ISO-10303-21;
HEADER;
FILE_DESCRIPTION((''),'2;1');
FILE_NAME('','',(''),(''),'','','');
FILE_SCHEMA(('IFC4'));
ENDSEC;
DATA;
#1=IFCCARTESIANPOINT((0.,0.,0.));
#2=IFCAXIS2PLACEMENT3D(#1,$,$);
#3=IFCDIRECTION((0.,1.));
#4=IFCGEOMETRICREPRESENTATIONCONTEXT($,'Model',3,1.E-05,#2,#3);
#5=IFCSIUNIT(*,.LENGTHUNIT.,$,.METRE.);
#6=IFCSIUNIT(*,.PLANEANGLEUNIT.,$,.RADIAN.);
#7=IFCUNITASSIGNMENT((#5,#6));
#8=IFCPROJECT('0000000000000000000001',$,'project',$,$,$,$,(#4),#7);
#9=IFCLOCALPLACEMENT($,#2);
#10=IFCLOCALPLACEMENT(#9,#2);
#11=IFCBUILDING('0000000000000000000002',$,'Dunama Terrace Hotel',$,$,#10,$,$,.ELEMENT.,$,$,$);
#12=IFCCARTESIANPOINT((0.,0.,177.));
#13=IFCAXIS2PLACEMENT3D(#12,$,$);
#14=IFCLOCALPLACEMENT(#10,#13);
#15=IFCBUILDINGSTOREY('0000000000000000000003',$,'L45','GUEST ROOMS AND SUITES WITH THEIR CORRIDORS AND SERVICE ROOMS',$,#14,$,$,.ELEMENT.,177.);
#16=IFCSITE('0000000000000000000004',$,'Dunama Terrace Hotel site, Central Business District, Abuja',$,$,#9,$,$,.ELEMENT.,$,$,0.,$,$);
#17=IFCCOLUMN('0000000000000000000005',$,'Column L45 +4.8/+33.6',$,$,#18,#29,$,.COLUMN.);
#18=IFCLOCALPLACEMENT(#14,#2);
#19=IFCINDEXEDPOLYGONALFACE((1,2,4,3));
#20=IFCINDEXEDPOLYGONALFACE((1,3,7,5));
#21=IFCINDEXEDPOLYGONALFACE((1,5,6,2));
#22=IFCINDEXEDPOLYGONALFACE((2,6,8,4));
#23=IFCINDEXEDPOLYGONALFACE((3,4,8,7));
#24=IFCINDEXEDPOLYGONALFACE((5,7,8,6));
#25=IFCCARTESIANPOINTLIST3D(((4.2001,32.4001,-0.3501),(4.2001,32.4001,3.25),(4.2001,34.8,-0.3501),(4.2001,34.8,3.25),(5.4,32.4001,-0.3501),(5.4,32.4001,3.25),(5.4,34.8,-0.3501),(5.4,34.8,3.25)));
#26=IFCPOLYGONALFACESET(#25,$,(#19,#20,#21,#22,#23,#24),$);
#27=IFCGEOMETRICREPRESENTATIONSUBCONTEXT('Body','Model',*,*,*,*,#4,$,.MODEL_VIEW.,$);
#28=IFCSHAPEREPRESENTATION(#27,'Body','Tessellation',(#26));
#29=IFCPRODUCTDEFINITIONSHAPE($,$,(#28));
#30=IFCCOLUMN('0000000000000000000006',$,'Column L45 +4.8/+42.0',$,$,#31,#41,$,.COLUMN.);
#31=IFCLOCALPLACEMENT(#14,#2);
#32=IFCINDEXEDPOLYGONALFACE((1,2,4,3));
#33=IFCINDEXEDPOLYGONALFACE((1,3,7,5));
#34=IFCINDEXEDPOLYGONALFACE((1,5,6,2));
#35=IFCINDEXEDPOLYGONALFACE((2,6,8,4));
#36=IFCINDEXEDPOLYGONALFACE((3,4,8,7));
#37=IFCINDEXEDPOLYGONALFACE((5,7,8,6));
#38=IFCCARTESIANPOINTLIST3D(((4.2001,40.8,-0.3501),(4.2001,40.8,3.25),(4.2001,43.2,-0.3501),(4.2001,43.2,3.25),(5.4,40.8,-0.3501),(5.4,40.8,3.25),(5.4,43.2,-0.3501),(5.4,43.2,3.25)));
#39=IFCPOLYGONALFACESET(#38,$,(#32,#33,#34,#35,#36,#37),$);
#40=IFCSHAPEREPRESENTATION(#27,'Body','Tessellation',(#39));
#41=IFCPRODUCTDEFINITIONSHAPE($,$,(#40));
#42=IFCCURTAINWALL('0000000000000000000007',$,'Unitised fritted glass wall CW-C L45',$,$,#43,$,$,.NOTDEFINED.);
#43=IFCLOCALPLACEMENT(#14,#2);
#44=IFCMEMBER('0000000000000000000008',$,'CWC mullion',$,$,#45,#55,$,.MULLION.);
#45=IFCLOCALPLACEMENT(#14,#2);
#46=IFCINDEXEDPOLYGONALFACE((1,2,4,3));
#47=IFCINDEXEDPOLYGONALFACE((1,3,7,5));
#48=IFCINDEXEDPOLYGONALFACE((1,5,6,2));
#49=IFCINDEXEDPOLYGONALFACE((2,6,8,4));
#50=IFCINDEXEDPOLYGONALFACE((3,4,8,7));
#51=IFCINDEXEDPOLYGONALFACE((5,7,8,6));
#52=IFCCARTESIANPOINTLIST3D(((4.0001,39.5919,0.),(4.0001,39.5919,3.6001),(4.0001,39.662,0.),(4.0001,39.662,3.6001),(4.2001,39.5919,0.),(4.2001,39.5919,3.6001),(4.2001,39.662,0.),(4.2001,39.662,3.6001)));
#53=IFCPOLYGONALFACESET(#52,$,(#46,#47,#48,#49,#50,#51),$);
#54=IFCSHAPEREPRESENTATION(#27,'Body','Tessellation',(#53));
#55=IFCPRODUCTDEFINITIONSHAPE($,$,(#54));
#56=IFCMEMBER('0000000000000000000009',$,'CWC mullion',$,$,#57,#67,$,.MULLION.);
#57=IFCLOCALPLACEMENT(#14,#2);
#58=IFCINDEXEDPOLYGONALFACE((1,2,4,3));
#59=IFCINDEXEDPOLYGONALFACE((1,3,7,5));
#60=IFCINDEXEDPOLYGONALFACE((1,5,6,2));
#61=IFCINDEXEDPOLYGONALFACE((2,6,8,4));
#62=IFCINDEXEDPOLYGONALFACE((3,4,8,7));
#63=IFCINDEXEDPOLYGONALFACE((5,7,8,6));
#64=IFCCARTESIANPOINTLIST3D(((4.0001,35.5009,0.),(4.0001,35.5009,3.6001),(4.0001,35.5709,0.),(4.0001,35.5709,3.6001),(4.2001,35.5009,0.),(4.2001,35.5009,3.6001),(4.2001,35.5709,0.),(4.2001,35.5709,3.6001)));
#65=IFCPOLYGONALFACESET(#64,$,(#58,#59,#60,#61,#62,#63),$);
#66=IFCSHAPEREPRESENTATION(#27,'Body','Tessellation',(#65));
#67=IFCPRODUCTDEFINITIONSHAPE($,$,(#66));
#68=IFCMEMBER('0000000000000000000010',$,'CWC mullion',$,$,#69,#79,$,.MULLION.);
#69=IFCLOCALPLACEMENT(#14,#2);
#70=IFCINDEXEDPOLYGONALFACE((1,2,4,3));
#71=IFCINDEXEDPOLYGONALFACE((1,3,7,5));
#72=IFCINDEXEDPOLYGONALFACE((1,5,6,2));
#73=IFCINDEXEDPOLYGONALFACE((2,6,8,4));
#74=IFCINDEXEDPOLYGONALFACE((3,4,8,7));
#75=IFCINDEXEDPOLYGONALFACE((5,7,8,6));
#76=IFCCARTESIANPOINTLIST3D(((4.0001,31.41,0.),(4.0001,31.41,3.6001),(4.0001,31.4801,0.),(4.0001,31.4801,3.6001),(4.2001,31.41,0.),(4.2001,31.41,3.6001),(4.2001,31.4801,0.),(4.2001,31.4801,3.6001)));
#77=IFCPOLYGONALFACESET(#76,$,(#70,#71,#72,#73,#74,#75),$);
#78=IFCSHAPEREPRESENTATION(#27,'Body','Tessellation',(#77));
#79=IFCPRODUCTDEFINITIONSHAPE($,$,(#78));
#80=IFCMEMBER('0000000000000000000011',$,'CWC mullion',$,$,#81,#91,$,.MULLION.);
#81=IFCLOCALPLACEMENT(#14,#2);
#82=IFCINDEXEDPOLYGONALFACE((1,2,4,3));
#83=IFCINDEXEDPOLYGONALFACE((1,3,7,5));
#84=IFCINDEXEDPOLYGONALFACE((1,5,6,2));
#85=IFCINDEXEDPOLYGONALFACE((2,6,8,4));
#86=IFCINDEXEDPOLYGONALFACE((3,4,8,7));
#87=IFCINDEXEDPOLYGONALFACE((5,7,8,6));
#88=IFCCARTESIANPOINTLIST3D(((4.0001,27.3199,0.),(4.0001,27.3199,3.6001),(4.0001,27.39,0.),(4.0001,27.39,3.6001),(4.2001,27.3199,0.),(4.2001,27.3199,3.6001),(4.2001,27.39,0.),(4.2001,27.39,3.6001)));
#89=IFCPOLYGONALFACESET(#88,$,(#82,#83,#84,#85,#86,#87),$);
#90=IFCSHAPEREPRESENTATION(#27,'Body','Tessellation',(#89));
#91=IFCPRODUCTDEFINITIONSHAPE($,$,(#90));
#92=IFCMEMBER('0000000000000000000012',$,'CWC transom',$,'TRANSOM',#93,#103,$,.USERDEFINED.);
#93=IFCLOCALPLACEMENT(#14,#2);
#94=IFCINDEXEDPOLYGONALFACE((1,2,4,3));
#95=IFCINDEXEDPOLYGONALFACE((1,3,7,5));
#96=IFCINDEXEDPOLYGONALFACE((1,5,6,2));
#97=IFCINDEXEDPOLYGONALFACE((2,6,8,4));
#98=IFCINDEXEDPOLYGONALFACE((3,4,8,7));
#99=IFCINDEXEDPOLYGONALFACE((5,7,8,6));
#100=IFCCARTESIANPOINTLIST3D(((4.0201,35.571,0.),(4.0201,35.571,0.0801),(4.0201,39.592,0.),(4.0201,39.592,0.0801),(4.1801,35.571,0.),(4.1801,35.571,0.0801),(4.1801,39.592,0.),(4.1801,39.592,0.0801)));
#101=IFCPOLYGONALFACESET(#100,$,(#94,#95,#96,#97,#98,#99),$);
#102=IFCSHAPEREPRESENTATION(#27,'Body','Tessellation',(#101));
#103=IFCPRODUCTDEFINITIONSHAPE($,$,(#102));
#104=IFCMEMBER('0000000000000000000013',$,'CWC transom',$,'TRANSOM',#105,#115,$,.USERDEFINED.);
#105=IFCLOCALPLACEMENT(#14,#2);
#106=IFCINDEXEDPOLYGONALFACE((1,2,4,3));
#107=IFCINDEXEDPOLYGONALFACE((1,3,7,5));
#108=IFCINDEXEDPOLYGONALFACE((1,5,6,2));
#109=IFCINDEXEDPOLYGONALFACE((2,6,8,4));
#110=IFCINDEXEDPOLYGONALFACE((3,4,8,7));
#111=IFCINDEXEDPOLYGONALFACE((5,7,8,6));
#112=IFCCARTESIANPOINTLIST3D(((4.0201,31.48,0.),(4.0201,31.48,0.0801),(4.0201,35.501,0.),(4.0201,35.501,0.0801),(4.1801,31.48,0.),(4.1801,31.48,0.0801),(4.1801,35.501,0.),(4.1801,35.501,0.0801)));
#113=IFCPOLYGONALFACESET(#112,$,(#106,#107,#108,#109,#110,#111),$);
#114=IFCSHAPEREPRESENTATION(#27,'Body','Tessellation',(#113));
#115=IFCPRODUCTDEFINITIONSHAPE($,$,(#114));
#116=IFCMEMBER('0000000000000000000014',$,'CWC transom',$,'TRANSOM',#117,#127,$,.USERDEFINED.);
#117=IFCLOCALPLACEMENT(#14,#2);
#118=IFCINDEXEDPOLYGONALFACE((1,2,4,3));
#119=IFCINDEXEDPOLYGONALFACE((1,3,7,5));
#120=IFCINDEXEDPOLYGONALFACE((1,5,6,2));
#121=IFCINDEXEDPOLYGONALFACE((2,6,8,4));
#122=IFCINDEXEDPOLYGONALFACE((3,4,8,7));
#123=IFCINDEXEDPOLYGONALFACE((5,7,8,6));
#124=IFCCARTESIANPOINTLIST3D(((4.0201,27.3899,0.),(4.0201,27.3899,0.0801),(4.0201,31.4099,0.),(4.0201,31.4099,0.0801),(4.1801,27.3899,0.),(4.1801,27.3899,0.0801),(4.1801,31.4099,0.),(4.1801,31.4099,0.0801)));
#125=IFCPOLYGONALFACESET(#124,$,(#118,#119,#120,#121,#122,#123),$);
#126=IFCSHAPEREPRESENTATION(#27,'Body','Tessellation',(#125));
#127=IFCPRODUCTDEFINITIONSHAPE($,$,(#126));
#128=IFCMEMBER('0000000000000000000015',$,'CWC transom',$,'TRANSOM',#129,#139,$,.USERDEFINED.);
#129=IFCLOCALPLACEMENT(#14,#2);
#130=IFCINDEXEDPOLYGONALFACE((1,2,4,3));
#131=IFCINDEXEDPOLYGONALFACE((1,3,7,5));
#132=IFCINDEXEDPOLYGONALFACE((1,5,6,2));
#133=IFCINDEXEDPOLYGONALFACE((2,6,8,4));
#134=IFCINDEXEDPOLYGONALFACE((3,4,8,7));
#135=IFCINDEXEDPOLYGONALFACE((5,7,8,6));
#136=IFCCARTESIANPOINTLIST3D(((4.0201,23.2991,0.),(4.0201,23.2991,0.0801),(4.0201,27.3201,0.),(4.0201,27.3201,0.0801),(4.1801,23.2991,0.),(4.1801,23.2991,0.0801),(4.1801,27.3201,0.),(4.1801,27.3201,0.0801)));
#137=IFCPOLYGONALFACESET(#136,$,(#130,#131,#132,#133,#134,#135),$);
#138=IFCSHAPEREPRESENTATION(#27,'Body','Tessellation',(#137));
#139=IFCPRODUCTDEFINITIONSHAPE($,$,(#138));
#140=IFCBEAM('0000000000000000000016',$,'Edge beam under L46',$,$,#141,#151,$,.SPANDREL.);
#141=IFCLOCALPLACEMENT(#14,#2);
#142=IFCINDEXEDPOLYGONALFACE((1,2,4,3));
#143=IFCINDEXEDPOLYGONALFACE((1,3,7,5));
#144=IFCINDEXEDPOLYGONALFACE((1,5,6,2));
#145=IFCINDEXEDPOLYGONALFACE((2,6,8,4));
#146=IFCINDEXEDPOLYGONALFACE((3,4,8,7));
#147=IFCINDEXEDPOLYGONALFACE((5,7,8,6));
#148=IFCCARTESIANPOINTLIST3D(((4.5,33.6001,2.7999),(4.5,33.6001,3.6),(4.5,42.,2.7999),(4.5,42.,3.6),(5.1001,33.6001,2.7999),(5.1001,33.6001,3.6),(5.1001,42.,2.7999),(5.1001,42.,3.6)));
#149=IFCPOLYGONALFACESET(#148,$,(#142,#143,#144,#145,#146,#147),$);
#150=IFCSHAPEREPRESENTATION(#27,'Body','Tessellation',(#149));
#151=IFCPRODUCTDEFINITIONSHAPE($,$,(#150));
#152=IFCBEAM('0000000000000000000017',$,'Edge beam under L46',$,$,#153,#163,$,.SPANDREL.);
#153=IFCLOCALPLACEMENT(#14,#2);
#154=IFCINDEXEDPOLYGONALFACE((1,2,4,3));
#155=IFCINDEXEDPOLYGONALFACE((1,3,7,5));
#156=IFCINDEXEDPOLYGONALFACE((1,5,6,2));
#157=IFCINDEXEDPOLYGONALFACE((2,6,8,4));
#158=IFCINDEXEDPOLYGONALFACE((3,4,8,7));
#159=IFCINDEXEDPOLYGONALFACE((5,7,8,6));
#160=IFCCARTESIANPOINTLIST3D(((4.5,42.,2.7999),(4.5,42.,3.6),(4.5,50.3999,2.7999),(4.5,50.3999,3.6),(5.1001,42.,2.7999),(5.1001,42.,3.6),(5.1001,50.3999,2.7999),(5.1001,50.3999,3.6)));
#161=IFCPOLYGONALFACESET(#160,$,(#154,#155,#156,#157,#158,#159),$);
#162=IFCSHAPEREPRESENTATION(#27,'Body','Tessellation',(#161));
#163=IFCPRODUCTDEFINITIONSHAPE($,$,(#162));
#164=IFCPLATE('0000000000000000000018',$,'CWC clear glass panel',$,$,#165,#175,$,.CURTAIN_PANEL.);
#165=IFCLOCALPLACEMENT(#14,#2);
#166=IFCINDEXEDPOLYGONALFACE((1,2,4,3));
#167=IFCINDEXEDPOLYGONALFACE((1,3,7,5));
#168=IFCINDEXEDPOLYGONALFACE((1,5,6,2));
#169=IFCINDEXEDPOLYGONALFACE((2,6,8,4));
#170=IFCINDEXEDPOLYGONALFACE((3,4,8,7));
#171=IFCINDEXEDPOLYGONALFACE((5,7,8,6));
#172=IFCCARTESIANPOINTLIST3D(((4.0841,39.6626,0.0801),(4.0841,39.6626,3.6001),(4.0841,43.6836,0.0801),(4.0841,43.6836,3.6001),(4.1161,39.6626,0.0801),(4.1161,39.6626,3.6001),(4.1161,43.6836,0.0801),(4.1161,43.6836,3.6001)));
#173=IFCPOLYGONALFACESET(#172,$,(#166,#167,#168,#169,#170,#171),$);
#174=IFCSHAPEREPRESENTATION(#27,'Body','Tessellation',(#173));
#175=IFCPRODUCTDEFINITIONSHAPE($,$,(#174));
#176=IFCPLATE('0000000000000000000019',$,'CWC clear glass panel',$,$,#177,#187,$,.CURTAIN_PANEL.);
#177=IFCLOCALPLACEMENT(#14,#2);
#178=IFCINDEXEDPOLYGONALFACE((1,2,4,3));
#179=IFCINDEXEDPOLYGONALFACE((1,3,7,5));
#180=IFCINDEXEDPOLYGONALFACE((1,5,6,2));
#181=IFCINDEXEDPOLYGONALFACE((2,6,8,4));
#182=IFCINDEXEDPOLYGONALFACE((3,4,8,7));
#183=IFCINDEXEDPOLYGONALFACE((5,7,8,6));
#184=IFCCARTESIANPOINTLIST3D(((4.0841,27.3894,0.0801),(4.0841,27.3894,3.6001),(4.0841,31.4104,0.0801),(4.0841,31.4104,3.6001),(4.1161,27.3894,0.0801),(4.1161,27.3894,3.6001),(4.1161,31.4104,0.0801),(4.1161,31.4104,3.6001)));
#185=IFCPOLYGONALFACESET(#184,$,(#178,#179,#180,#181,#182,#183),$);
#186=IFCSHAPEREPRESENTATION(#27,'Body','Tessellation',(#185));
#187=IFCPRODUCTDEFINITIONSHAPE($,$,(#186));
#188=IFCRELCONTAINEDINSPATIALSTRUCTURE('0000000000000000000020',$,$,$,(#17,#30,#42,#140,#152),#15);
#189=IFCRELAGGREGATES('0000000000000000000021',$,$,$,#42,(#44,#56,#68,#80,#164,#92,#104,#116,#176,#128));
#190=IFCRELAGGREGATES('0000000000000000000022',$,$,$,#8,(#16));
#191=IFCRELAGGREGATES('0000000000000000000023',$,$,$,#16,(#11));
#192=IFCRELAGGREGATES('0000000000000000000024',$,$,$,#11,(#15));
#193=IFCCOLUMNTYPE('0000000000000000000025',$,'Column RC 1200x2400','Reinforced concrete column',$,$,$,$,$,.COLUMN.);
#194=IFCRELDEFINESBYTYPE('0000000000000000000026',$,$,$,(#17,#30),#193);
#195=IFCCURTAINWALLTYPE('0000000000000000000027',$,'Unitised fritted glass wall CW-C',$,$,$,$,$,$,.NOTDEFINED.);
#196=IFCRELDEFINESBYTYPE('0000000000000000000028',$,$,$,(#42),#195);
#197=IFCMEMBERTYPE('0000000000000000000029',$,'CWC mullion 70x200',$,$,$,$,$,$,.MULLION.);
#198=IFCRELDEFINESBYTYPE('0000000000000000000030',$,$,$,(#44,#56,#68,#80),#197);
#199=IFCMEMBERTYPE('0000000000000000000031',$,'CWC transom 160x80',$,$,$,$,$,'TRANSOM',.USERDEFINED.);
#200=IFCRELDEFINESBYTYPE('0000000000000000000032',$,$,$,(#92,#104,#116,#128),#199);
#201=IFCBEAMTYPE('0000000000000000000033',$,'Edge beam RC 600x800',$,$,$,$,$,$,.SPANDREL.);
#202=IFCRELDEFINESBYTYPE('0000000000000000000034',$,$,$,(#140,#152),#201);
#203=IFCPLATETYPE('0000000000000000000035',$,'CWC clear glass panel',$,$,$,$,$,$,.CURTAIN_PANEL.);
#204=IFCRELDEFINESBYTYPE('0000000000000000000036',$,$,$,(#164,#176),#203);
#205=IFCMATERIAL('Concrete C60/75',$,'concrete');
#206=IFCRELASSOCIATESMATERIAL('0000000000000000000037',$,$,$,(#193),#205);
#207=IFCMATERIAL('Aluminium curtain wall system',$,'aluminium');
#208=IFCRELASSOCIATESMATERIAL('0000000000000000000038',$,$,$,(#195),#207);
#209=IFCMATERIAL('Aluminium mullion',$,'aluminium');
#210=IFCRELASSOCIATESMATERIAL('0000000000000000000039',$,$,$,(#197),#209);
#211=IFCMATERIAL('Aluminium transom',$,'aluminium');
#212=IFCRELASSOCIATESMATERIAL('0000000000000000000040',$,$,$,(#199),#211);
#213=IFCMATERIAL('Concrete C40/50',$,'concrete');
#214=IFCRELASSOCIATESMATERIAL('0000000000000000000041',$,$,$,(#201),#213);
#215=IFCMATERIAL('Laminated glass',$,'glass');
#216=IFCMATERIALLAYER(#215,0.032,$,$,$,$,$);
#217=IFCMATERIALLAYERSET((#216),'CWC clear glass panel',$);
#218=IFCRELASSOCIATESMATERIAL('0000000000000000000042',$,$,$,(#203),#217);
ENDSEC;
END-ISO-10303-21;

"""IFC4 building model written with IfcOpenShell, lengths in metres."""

from ifc_helpers import new_model, si_unit, direction, frame, origin, origin_2d, place, context, subcontext, project, spatial, rectangle, extrude, material, layer, layer_set, material_profile, profile_set, type_object, element, aggregate, save


model = new_model("IFC4")

# Units and contexts
model_context = context("Model", 3, precision=1e-05, world=origin(), true_north=direction((0.0, 1.0)))
body_context = subcontext(model_context, "Body", "Model", "MODEL_VIEW")
ifc_project = project(units=[si_unit("LENGTHUNIT", "METRE"), si_unit("PLANEANGLEUNIT", "RADIAN")], contexts=[model_context])

# Site, building, storey
site_placement = place(None, origin())
site = spatial("IfcSite", under=ifc_project, at=site_placement, Name="Dunama Terrace Hotel site, Central Business District, Abuja", CompositionType="ELEMENT", RefElevation=0.0)
building_placement = place(site_placement, origin())
building = spatial("IfcBuilding", under=site, at=building_placement, Name="Dunama Terrace Hotel", CompositionType="ELEMENT")
storey_placement = place(building_placement, frame((0.0, 0.0, 177.0)))
storey = spatial("IfcBuildingStorey", under=building, at=storey_placement, Name="L45", Description="GUEST ROOMS AND SUITES WITH THEIR CORRIDORS AND SERVICE ROOMS", CompositionType="ELEMENT", Elevation=177.0)

# Columns
ifc_material_1 = material(Name="Concrete C60/75", Category="concrete")
ifc_material_profile_1 = material_profile(ifc_material_1, rectangle(XDim=1.2, YDim=2.3999, at=origin_2d()), Name="RC 1200x2400")
ifc_profile_set_1 = profile_set([ifc_material_profile_1], Name="Concrete C60/75")
column_type = type_object("IfcColumnType", Name="Column RC 1200x2400", Description="Reinforced concrete column", PredefinedType="COLUMN", material=ifc_profile_set_1)
for number, where, z_axis, x_axis, name in (
    (1, (4.8, 33.6001, -0.3501), (0.0, 0.0, 1.0), (1.0, 0.0, 0.0), "Column L45 +4.8/+33.6"),
    (2, (4.8, 42.0, -0.3501), (0.0, 0.0, 1.0), (1.0, 0.0, 0.0), "Column L45 +4.8/+42.0"),
):
    element("IfcColumn", number, at=place(storey_placement, frame(where, z_axis=z_axis, x_axis=x_axis)), inside=storey, type_object=column_type, Name=name, PredefinedType="COLUMN", context=body_context, shape_type="SweptSolid", body=[
        extrude(rectangle(XDim=1.2, YDim=2.3999, at=origin_2d()), origin(), (0.0, 0.0, 1.0), 3.6001),
    ])

# Curtain wall, members
ifc_material_2 = material(Name="Aluminium curtain wall system", Category="aluminium")
curtain_wall_type = type_object("IfcCurtainWallType", Name="Unitised fritted glass wall CW-C", PredefinedType="NOTDEFINED", material=ifc_material_2)
curtain_wall_placement = place(storey_placement, origin())
curtain_wall = element("IfcCurtainWall", 3, at=curtain_wall_placement, inside=storey, type_object=curtain_wall_type, Name="Unitised fritted glass wall CW-C L45", PredefinedType="NOTDEFINED")
ifc_material_3 = material(Name="Aluminium mullion", Category="aluminium")
ifc_material_profile_2 = material_profile(ifc_material_3, rectangle(XDim=0.0701, YDim=0.2, at=origin_2d()), Name="CWC MULLION 70X200")
ifc_profile_set_2 = profile_set([ifc_material_profile_2], Name="Aluminium mullion")
member_type_1 = type_object("IfcMemberType", Name="CWC mullion 70x200", PredefinedType="MULLION", material=ifc_profile_set_2)
member_1_placement = place(storey_placement, frame((4.1001, 39.627, 0.0), z_axis=(0.0, 0.0, 1.0), x_axis=(0.0, -1.0, 0.0)))
member_1 = element("IfcMember", 4, at=member_1_placement, type_object=member_type_1, Name="CWC mullion", PredefinedType="MULLION", context=body_context, shape_type="SweptSolid", body=[
    extrude(rectangle(XDim=0.0701, YDim=0.2, at=origin_2d()), origin(), (0.0, 0.0, 1.0), 3.6001),
])
member_2_placement = place(storey_placement, frame((4.1001, 35.5359, 0.0), z_axis=(0.0, 0.0, 1.0), x_axis=(0.0, -1.0, 0.0)))
member_2 = element("IfcMember", 5, at=member_2_placement, type_object=member_type_1, Name="CWC mullion", PredefinedType="MULLION", context=body_context, shape_type="SweptSolid", body=[
    extrude(rectangle(XDim=0.0701, YDim=0.2, at=origin_2d()), origin(), (0.0, 0.0, 1.0), 3.6001),
])
member_3_placement = place(storey_placement, frame((4.1001, 31.4451, 0.0), z_axis=(0.0, 0.0, 1.0), x_axis=(0.0, -1.0, 0.0)))
member_3 = element("IfcMember", 6, at=member_3_placement, type_object=member_type_1, Name="CWC mullion", PredefinedType="MULLION", context=body_context, shape_type="SweptSolid", body=[
    extrude(rectangle(XDim=0.0701, YDim=0.2, at=origin_2d()), origin(), (0.0, 0.0, 1.0), 3.6001),
])
member_4_placement = place(storey_placement, frame((4.1001, 27.355, 0.0), z_axis=(0.0, 0.0, 1.0), x_axis=(0.0, -1.0, 0.0)))
member_4 = element("IfcMember", 7, at=member_4_placement, type_object=member_type_1, Name="CWC mullion", PredefinedType="MULLION", context=body_context, shape_type="SweptSolid", body=[
    extrude(rectangle(XDim=0.0701, YDim=0.2, at=origin_2d()), origin(), (0.0, 0.0, 1.0), 3.6001),
])
ifc_material_4 = material(Name="Aluminium transom", Category="aluminium")
ifc_material_profile_3 = material_profile(ifc_material_4, rectangle(XDim=0.1599, YDim=0.0801, at=origin_2d()), Name="CWC TRANSOM 160X80")
ifc_profile_set_3 = profile_set([ifc_material_profile_3], Name="Aluminium transom")
member_type_2 = type_object("IfcMemberType", Name="CWC transom 160x80", ElementType="TRANSOM", PredefinedType="USERDEFINED", material=ifc_profile_set_3)
member_5_placement = place(storey_placement, frame((4.1001, 39.592, 0.04), z_axis=(0.0, -1.0, 0.0), x_axis=(1.0, 0.0, 0.0)))
member_5 = element("IfcMember", 8, at=member_5_placement, type_object=member_type_2, Name="CWC transom", ObjectType="TRANSOM", PredefinedType="USERDEFINED", context=body_context, shape_type="SweptSolid", body=[
    extrude(rectangle(XDim=0.1599, YDim=0.0801, at=origin_2d()), origin(), (0.0, 0.0, 1.0), 4.021),
])
member_6_placement = place(storey_placement, frame((4.1001, 35.501, 0.04), z_axis=(0.0, -1.0, 0.0), x_axis=(1.0, 0.0, 0.0)))
member_6 = element("IfcMember", 9, at=member_6_placement, type_object=member_type_2, Name="CWC transom", ObjectType="TRANSOM", PredefinedType="USERDEFINED", context=body_context, shape_type="SweptSolid", body=[
    extrude(rectangle(XDim=0.1599, YDim=0.0801, at=origin_2d()), origin(), (0.0, 0.0, 1.0), 4.021),
])
member_7_placement = place(storey_placement, frame((4.1001, 31.4099, 0.04), z_axis=(0.0, -1.0, 0.0), x_axis=(1.0, 0.0, 0.0)))
member_7 = element("IfcMember", 10, at=member_7_placement, type_object=member_type_2, Name="CWC transom", ObjectType="TRANSOM", PredefinedType="USERDEFINED", context=body_context, shape_type="SweptSolid", body=[
    extrude(rectangle(XDim=0.1599, YDim=0.0801, at=origin_2d()), origin(), (0.0, 0.0, 1.0), 4.02),
])
member_8_placement = place(storey_placement, frame((4.1001, 27.3201, 0.04), z_axis=(0.0, -1.0, 0.0), x_axis=(1.0, 0.0, 0.0)))
member_8 = element("IfcMember", 11, at=member_8_placement, type_object=member_type_2, Name="CWC transom", ObjectType="TRANSOM", PredefinedType="USERDEFINED", context=body_context, shape_type="SweptSolid", body=[
    extrude(rectangle(XDim=0.1599, YDim=0.0801, at=origin_2d()), origin(), (0.0, 0.0, 1.0), 4.021),
])

# Beams
ifc_material_5 = material(Name="Concrete C40/50", Category="concrete")
ifc_material_profile_4 = material_profile(ifc_material_5, rectangle(XDim=0.6001, YDim=0.8, at=origin_2d()), Name="RC 600x800")
ifc_profile_set_4 = profile_set([ifc_material_profile_4], Name="Concrete C40/50")
beam_type = type_object("IfcBeamType", Name="Edge beam RC 600x800", PredefinedType="SPANDREL", material=ifc_profile_set_4)
for number, where, z_axis, x_axis, name in (
    (12, (4.8, 33.6001, 3.2), (0.0, 1.0, 0.0), (-1.0, 0.0, 0.0), "Edge beam under L46"),
    (13, (4.8, 42.0, 3.2), (0.0, 1.0, 0.0), (-1.0, 0.0, 0.0), "Edge beam under L46"),
):
    element("IfcBeam", number, at=place(storey_placement, frame(where, z_axis=z_axis, x_axis=x_axis)), inside=storey, type_object=beam_type, Name=name, PredefinedType="SPANDREL", context=body_context, shape_type="SweptSolid", body=[
        extrude(rectangle(XDim=0.6001, YDim=0.8, at=origin_2d()), origin(), (0.0, 0.0, 1.0), 8.3999),
    ])

# Plates
ifc_material_6 = material(Name="Laminated glass", Category="glass")
ifc_layer_1 = layer(ifc_material_6, 0.032)
ifc_layer_set_1 = layer_set([ifc_layer_1], Name="CWC clear glass panel")
plate_type_1 = type_object("IfcPlateType", Name="CWC clear glass panel", PredefinedType="CURTAIN_PANEL", material=ifc_layer_set_1)
plate_1_placement = place(storey_placement, frame((4.1001, 41.6731, 0.0801), z_axis=(0.0, 0.0, 1.0), x_axis=(0.0, -1.0, 0.0)))
plate_1 = element("IfcPlate", 14, at=plate_1_placement, type_object=plate_type_1, Name="CWC clear glass panel", PredefinedType="CURTAIN_PANEL", context=body_context, shape_type="SweptSolid", body=[
    extrude(rectangle(XDim=4.021, YDim=0.032, at=origin_2d()), origin(), (0.0, 0.0, 1.0), 3.52),
])
plate_2_placement = place(storey_placement, frame((4.1001, 29.3999, 0.0801), z_axis=(0.0, 0.0, 1.0), x_axis=(0.0, -1.0, 0.0)))
plate_2 = element("IfcPlate", 15, at=plate_2_placement, type_object=plate_type_1, Name="CWC clear glass panel", PredefinedType="CURTAIN_PANEL", context=body_context, shape_type="SweptSolid", body=[
    extrude(rectangle(XDim=4.021, YDim=0.032, at=origin_2d()), origin(), (0.0, 0.0, 1.0), 3.52),
])
aggregate(curtain_wall, [member_1, member_2, member_3, member_4, plate_1, member_5, member_6, member_7, plate_2, member_8])

save(model, "model.ifc")
